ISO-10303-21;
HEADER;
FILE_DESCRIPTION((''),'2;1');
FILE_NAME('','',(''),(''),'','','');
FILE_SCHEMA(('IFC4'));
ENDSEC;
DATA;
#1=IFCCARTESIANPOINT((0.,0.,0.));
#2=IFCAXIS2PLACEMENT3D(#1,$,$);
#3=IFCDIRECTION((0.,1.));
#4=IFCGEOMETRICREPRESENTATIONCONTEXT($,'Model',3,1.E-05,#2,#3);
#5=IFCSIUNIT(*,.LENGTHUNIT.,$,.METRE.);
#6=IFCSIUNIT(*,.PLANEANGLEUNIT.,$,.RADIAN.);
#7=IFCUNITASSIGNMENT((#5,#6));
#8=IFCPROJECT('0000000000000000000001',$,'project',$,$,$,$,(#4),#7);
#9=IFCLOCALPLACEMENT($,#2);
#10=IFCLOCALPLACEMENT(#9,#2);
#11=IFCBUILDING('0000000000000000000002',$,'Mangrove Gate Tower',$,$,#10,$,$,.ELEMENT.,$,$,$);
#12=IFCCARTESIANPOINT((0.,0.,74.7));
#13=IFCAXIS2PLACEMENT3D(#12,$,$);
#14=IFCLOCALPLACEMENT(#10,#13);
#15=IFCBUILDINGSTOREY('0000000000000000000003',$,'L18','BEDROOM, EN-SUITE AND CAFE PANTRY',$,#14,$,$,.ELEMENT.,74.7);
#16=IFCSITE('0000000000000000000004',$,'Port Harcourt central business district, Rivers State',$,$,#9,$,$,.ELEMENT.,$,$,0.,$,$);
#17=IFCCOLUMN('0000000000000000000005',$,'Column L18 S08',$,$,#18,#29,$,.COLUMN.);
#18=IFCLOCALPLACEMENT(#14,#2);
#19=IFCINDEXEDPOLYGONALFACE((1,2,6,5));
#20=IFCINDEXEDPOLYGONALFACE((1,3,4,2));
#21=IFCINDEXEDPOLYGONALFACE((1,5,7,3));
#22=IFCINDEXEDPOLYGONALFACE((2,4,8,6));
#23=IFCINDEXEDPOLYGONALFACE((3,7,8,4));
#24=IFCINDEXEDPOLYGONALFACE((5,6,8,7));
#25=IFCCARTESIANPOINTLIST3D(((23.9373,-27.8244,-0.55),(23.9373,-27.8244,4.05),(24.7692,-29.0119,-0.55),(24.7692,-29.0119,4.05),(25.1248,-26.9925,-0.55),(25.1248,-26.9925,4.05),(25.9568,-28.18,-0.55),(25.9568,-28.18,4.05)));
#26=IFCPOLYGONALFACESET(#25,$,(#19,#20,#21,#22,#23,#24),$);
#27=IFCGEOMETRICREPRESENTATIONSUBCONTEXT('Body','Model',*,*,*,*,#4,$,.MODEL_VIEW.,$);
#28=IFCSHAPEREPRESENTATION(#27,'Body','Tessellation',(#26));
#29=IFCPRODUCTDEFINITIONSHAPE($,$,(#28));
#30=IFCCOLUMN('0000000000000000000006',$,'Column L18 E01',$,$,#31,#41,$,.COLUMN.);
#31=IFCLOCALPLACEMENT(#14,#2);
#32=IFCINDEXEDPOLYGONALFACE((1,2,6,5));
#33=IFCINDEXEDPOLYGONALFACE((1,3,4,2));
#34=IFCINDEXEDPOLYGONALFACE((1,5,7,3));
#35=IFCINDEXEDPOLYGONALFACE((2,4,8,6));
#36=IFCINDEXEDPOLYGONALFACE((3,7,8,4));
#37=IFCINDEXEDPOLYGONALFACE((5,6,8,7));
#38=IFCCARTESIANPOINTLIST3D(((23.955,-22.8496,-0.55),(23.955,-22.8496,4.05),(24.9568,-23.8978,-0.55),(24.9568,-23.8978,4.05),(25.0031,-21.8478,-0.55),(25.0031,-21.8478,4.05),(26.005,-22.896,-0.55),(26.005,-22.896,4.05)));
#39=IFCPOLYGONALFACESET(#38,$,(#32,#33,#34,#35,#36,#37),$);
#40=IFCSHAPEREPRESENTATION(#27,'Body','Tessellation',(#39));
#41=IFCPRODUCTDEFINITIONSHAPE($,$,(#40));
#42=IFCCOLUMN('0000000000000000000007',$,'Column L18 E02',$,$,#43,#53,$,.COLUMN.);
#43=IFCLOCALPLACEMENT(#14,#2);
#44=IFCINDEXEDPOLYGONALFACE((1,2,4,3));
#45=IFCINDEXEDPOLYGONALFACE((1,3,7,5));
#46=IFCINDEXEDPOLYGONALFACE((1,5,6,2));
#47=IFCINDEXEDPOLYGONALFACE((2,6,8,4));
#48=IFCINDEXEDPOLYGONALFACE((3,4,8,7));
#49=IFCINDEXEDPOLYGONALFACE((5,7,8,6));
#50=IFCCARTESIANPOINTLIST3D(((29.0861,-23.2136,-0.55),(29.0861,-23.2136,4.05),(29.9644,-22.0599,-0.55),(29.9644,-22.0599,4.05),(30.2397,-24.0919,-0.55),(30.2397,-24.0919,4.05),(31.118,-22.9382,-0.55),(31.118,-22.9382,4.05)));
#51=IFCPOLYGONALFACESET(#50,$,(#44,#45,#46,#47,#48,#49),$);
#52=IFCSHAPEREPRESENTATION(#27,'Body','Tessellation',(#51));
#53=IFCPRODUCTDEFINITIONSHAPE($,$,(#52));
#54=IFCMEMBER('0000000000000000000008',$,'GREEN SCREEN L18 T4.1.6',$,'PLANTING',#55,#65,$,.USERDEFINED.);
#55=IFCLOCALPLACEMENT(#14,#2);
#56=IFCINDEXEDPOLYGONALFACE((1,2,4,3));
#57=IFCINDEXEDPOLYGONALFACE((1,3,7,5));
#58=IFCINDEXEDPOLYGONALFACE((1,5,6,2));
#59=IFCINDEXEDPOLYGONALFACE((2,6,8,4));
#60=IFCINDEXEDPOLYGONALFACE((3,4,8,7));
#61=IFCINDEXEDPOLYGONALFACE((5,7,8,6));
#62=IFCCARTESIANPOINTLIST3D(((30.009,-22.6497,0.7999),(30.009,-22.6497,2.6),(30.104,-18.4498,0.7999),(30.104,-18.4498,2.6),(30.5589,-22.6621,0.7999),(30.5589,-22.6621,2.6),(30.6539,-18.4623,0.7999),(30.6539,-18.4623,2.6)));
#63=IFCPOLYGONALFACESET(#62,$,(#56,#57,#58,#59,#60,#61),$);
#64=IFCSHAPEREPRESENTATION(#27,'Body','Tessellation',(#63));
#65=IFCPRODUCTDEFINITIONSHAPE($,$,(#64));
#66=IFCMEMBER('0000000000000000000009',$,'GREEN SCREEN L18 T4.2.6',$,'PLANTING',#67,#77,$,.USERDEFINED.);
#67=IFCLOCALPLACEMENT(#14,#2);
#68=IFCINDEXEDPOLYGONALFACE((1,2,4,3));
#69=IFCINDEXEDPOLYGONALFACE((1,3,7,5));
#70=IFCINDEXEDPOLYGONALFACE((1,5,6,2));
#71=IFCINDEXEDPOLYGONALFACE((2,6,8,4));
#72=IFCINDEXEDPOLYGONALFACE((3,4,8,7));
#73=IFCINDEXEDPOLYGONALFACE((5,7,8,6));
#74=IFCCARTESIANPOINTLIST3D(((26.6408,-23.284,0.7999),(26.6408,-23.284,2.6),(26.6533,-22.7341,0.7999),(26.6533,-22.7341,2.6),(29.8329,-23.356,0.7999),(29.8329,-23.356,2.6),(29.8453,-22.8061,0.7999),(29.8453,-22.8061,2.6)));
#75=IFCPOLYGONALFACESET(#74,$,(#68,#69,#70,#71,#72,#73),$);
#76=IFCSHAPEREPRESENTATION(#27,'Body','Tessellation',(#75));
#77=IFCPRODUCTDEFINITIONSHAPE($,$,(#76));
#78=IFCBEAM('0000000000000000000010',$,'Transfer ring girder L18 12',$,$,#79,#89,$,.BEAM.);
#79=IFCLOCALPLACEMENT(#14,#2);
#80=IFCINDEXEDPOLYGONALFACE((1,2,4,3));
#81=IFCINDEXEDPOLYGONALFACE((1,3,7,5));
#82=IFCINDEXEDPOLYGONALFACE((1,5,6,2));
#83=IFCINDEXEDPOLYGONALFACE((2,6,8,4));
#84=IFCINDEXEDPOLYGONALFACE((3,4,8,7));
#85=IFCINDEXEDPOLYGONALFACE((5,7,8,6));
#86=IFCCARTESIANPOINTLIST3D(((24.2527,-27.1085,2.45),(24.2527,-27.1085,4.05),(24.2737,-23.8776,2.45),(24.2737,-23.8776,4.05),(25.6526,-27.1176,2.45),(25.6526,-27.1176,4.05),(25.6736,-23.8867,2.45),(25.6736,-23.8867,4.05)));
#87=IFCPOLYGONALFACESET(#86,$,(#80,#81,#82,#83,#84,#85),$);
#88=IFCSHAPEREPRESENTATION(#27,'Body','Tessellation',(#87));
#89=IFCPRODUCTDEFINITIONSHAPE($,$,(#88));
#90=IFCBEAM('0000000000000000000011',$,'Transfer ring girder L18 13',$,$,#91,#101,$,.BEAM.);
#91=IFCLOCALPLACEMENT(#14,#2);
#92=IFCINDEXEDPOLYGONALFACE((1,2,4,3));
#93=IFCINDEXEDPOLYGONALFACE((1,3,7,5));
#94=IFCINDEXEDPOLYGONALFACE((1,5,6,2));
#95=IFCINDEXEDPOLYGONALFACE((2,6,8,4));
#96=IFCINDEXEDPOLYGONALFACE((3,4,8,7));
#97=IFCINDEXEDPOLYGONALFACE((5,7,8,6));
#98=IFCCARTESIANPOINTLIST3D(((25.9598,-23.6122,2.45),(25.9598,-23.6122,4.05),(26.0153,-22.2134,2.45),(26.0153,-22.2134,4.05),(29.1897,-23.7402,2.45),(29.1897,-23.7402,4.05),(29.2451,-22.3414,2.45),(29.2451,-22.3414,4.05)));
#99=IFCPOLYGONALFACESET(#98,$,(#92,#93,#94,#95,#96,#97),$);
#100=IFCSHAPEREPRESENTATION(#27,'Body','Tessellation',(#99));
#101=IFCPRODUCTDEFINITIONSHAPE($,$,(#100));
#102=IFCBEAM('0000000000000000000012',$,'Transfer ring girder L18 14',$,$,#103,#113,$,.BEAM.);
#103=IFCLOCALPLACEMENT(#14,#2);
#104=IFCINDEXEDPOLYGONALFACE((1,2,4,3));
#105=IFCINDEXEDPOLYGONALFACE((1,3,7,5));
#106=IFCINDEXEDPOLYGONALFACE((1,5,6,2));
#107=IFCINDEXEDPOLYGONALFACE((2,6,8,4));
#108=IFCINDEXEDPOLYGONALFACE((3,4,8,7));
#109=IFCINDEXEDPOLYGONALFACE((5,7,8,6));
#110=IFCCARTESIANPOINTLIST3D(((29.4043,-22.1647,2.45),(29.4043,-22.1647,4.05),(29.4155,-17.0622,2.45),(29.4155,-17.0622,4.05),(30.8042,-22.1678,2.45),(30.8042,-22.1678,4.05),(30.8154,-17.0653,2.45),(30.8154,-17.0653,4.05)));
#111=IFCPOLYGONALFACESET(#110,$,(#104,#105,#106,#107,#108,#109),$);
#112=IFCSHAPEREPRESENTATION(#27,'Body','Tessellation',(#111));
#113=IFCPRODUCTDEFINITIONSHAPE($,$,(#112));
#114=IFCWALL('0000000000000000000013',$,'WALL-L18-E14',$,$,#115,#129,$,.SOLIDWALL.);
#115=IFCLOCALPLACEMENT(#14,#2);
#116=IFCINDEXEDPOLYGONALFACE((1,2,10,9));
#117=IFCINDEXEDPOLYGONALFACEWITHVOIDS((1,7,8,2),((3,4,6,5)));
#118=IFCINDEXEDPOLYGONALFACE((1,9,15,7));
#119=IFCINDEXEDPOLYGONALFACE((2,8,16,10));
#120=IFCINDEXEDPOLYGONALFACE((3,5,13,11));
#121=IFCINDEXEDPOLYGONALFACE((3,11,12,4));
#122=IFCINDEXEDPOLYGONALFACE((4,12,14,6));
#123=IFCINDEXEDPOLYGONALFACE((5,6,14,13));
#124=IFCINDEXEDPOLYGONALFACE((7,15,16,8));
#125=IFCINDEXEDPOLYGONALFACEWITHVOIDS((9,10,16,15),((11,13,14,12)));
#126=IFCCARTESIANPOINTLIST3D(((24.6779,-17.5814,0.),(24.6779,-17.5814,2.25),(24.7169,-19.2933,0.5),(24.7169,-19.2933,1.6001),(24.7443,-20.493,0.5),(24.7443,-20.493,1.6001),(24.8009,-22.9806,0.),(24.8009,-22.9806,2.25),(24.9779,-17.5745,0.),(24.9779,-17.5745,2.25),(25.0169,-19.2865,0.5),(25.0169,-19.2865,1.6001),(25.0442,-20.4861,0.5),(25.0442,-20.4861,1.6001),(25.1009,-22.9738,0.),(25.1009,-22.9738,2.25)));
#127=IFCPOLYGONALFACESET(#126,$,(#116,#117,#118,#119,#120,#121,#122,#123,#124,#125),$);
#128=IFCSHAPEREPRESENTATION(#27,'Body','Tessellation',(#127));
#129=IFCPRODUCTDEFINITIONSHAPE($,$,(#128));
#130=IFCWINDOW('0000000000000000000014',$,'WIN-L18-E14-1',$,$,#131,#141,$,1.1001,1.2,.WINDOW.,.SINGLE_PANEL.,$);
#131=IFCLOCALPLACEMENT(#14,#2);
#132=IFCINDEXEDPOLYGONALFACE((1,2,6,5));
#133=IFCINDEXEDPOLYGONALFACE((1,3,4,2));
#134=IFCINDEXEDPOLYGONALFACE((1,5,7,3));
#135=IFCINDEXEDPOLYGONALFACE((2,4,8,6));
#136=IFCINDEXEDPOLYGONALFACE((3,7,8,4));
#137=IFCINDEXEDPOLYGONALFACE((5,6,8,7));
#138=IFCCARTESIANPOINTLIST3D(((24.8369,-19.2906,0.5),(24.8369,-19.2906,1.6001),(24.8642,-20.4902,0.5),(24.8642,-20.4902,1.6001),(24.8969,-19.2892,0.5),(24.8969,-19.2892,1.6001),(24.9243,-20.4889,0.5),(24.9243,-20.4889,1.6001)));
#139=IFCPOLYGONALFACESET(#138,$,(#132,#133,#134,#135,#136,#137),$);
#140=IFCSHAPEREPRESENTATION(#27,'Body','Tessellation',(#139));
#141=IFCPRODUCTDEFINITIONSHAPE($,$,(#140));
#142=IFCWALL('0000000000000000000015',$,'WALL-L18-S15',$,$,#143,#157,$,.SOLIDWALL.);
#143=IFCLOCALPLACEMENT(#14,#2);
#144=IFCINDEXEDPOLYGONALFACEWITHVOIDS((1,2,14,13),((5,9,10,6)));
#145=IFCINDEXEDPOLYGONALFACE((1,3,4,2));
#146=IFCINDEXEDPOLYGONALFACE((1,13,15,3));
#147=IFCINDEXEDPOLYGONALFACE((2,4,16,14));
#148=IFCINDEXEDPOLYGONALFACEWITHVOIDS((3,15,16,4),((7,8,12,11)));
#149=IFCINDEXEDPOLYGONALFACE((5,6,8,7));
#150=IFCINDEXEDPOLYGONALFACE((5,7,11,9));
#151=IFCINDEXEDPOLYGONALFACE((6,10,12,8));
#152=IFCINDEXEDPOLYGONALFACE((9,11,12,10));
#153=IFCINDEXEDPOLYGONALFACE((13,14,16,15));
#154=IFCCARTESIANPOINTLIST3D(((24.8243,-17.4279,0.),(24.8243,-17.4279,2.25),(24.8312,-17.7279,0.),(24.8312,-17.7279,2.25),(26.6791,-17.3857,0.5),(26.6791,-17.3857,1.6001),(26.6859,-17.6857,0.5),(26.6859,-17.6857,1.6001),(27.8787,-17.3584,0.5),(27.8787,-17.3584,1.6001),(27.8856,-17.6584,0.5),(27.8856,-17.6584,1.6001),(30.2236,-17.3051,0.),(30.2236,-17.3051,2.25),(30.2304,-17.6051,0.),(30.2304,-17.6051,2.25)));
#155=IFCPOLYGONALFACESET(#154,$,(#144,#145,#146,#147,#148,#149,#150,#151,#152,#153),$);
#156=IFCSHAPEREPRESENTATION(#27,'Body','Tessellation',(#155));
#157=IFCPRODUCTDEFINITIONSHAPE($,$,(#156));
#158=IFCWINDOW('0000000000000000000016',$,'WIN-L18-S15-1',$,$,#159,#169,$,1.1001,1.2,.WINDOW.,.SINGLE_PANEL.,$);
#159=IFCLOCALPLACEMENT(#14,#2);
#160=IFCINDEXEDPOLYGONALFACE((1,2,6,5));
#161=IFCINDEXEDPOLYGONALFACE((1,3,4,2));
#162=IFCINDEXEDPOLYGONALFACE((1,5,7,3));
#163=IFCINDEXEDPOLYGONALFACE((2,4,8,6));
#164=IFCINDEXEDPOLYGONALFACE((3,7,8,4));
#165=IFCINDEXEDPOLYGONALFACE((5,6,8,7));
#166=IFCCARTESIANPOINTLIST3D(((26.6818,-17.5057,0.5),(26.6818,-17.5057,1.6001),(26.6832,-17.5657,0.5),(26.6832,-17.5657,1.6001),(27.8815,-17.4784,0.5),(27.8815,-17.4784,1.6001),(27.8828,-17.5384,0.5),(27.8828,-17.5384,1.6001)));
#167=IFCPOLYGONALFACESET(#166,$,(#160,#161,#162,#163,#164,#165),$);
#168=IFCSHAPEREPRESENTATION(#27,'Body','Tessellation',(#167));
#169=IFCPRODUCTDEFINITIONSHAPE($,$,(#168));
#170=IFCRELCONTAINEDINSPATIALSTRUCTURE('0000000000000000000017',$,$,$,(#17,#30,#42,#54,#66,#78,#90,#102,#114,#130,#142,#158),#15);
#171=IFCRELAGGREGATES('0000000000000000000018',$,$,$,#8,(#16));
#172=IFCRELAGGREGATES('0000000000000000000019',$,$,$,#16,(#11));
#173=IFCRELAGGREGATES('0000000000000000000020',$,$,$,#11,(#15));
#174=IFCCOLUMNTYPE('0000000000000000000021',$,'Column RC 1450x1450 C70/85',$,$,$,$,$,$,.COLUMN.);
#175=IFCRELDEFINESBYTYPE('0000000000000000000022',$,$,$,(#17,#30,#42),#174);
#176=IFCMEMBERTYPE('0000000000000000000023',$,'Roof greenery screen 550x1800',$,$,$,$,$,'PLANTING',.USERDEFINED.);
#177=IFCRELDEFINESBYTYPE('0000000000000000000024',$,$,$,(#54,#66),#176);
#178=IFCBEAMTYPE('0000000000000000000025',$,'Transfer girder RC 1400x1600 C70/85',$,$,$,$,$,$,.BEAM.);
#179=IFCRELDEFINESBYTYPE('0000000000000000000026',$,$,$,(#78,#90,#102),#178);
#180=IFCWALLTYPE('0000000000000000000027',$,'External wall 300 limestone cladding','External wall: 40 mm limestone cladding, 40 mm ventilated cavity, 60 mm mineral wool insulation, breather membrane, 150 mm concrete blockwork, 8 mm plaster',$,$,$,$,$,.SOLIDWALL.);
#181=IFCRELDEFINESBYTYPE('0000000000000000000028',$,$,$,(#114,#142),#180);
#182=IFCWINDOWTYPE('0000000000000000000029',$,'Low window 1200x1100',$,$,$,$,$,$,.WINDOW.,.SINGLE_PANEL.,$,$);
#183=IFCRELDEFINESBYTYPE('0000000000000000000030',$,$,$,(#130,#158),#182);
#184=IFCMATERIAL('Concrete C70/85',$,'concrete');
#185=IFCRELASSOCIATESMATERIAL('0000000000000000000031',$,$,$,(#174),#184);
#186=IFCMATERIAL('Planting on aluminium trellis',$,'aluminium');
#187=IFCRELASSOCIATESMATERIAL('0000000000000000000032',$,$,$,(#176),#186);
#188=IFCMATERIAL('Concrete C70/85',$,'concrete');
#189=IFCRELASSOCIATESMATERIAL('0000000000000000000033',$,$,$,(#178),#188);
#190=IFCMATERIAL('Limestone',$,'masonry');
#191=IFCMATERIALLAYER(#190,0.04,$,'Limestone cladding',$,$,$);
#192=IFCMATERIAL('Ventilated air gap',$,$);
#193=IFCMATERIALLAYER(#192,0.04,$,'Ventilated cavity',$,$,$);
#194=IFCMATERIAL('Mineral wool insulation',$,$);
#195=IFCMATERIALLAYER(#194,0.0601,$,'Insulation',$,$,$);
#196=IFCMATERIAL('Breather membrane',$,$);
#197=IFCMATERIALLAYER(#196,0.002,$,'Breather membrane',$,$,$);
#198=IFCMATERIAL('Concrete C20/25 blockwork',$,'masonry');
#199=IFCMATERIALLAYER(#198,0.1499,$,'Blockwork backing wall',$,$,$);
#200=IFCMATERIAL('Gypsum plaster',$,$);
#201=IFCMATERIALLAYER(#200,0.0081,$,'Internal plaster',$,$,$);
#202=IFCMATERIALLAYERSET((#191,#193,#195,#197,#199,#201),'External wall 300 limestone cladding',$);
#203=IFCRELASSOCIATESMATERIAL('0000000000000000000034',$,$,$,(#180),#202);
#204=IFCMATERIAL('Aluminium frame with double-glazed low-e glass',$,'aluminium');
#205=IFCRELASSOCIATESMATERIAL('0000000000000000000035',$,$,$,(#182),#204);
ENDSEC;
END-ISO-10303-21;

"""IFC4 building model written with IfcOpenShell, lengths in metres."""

from ifc_helpers import new_model, si_unit, direction, frame, frame_2d, origin, origin_2d, place, context, subcontext, project, spatial, rectangle, extrude, material, layer, layer_set, material_profile, profile_set, type_object, element, fill, save


model = new_model("IFC4")

# Units and contexts
model_context = context("Model", 3, precision=1e-05, world=origin(), true_north=direction((0.0, 1.0)))
body_context = subcontext(model_context, "Body", "Model", "MODEL_VIEW")
ifc_project = project(units=[si_unit("LENGTHUNIT", "METRE"), si_unit("PLANEANGLEUNIT", "RADIAN")], contexts=[model_context])

# Site, building, storey
site_placement = place(None, origin())
site = spatial("IfcSite", under=ifc_project, at=site_placement, Name="Port Harcourt central business district, Rivers State", CompositionType="ELEMENT", RefElevation=0.0)
building_placement = place(site_placement, origin())
building = spatial("IfcBuilding", under=site, at=building_placement, Name="Mangrove Gate Tower", CompositionType="ELEMENT")
storey_placement = place(building_placement, frame((0.0, 0.0, 74.7)))
storey = spatial("IfcBuildingStorey", under=building, at=storey_placement, Name="L18", Description="BEDROOM, EN-SUITE AND CAFE PANTRY", CompositionType="ELEMENT", Elevation=74.7)

# Columns
ifc_material_1 = material(Name="Concrete C70/85", Category="concrete")
ifc_material_profile_1 = material_profile(ifc_material_1, rectangle(XDim=1.45, YDim=1.45, at=origin_2d()))
ifc_profile_set_1 = profile_set([ifc_material_profile_1], Name="Concrete C70/85")
column_type = type_object("IfcColumnType", Name="Column RC 1450x1450 C70/85", PredefinedType="COLUMN", material=ifc_profile_set_1)
for number, where, z_axis, x_axis, name in (
    (1, (24.947, -28.0022, -0.55), (0.0, 0.0, 1.0), (0.819023, 0.57376, 0.0), "Column L18 S08"),
    (2, (24.98, -22.8728, -0.55), (0.0, 0.0, 1.0), (0.722905, 0.690948, 0.0), "Column L18 E01"),
    (3, (30.1021, -23.0759, -0.55), (0.0, 0.0, 1.0), (0.605733, 0.795668, 0.0), "Column L18 E02"),
):
    element("IfcColumn", number, at=place(storey_placement, frame(where, z_axis=z_axis, x_axis=x_axis)), inside=storey, type_object=column_type, Name=name, PredefinedType="COLUMN", context=body_context, shape_type="SweptSolid", body=[
        extrude(rectangle(XDim=1.45, YDim=1.45, at=origin_2d()), origin(), (0.0, 0.0, 1.0), 4.6001),
    ])

# Members
ifc_material_2 = material(Name="Planting on aluminium trellis", Category="aluminium")
ifc_material_profile_2 = material_profile(ifc_material_2, rectangle(XDim=0.55, YDim=1.8, at=origin_2d()))
ifc_profile_set_2 = profile_set([ifc_material_profile_2], Name="Planting on aluminium trellis")
member_type = type_object("IfcMemberType", Name="Roof greenery screen 550x1800", ElementType="PLANTING", PredefinedType="USERDEFINED", material=ifc_profile_set_2)
member_1_placement = place(storey_placement, frame((30.3789, -18.4561, 1.7), z_axis=(-0.022607, -0.999744, 0.0), x_axis=(0.999744, -0.022607, 0.0)))
element("IfcMember", 4, at=member_1_placement, inside=storey, type_object=member_type, Name="GREEN SCREEN L18 T4.1.6", ObjectType="PLANTING", PredefinedType="USERDEFINED", context=body_context, shape_type="SweptSolid", body=[
    extrude(rectangle(XDim=0.55, YDim=1.8, at=origin_2d()), origin(), (0.0, 0.0, 1.0), 4.2009),
])
member_2_placement = place(storey_placement, frame((29.8391, -23.0811, 1.7), z_axis=(-0.999746, 0.022556, 0.0), x_axis=(-0.022556, -0.999746, 0.0)))
element("IfcMember", 5, at=member_2_placement, inside=storey, type_object=member_type, Name="GREEN SCREEN L18 T4.2.6", ObjectType="PLANTING", PredefinedType="USERDEFINED", context=body_context, shape_type="SweptSolid", body=[
    extrude(rectangle(XDim=0.55, YDim=1.8, at=origin_2d()), origin(), (0.0, 0.0, 1.0), 3.1929),
])

# Beams
ifc_material_3 = material(Name="Concrete C70/85", Category="concrete")
ifc_material_profile_3 = material_profile(ifc_material_3, rectangle(XDim=1.3999, YDim=1.6001, at=origin_2d()))
ifc_profile_set_3 = profile_set([ifc_material_profile_3], Name="Concrete C70/85")
beam_type = type_object("IfcBeamType", Name="Transfer girder RC 1400x1600 C70/85", PredefinedType="BEAM", material=ifc_profile_set_3)
beam_1_placement = place(storey_placement, frame((24.9526, -27.113, 3.25), z_axis=(0.006498, 0.999979, 0.0), x_axis=(-0.999979, 0.006498, 0.0)))
element("IfcBeam", 6, at=beam_1_placement, inside=storey, type_object=beam_type, Name="Transfer ring girder L18 12", PredefinedType="BEAM", context=body_context, shape_type="SweptSolid", body=[
    extrude(rectangle(XDim=1.3999, YDim=1.6001, at=origin_2d()), origin(), (0.0, 0.0, 1.0), 3.231),
])
beam_2_placement = place(storey_placement, frame((25.9875, -22.9128, 3.25), z_axis=(0.999217, -0.039576, 0.0), x_axis=(0.039576, 0.999217, 0.0)))
element("IfcBeam", 7, at=beam_2_placement, inside=storey, type_object=beam_type, Name="Transfer ring girder L18 13", PredefinedType="BEAM", context=body_context, shape_type="SweptSolid", body=[
    extrude(rectangle(XDim=1.3999, YDim=1.6001, at=origin_2d()), origin(), (0.0, 0.0, 1.0), 3.2324),
])
beam_3_placement = place(storey_placement, frame((30.1042, -22.1663, 3.25), z_axis=(0.002201, 0.999998, 0.0), x_axis=(-0.999998, 0.002201, 0.0)))
element("IfcBeam", 8, at=beam_3_placement, inside=storey, type_object=beam_type, Name="Transfer ring girder L18 14", PredefinedType="BEAM", context=body_context, shape_type="SweptSolid", body=[
    extrude(rectangle(XDim=1.3999, YDim=1.6001, at=origin_2d()), origin(), (0.0, 0.0, 1.0), 5.1025),
])

# Walls, openings, windows
ifc_material_4 = material(Name="Limestone", Category="masonry")
ifc_layer_1 = layer(ifc_material_4, 0.04, Name="Limestone cladding")
ifc_material_5 = material(Name="Ventilated air gap")
ifc_layer_2 = layer(ifc_material_5, 0.04, Name="Ventilated cavity")
ifc_material_6 = material(Name="Mineral wool insulation")
ifc_layer_3 = layer(ifc_material_6, 0.0601, Name="Insulation")
ifc_material_7 = material(Name="Breather membrane")
ifc_layer_4 = layer(ifc_material_7, 0.002, Name="Breather membrane")
ifc_material_8 = material(Name="Concrete C20/25 blockwork", Category="masonry")
ifc_layer_5 = layer(ifc_material_8, 0.1499, Name="Blockwork backing wall")
ifc_material_9 = material(Name="Gypsum plaster")
ifc_layer_6 = layer(ifc_material_9, 0.0081, Name="Internal plaster")
ifc_layer_set_1 = layer_set([ifc_layer_1, ifc_layer_2, ifc_layer_3, ifc_layer_4, ifc_layer_5, ifc_layer_6], Name="External wall 300 limestone cladding")
wall_type_1 = type_object("IfcWallType", Name="External wall 300 limestone cladding", Description="External wall: 40 mm limestone cladding, 40 mm ventilated cavity, 60 mm mineral wool insulation, breather membrane, 150 mm concrete blockwork, 8 mm plaster", PredefinedType="SOLIDWALL", material=ifc_layer_set_1)
wall_1_placement = place(storey_placement, frame((24.9509, -22.9771, 0.0), z_axis=(0.0, 0.0, 1.0), x_axis=(-0.022784, 0.99974, 0.0)))
wall_1 = element("IfcWall", 9, at=wall_1_placement, inside=storey, type_object=wall_type_1, Name="WALL-L18-E14", PredefinedType="SOLIDWALL", context=body_context, shape_type="SweptSolid", body=[
    extrude(rectangle(XDim=5.4006, YDim=0.3, at=frame_2d((2.7002, 0.0))), origin(), (0.0, 0.0, 1.0), 2.25),
])
opening_1_placement = place(wall_1_placement, frame((2.488, 0.0, 0.5)))
opening_1 = element("IfcOpeningElement", 10, at=opening_1_placement, cuts=wall_1, PredefinedType="OPENING", context=body_context, shape_type="SweptSolid", body=[
    extrude(rectangle(XDim=1.2, YDim=1.1001, at=frame_2d((0.6001, 0.55))), frame((0.0, 0.1599, 0.0), z_axis=(0.0, -1.0, 0.0), x_axis=(1.0, 0.0, 0.0)), (0.0, 0.0, 1.0), 0.3201),
])
ifc_material_10 = material(Name="Aluminium frame with double-glazed low-e glass", Category="aluminium")
window_type = type_object("IfcWindowType", Name="Low window 1200x1100", PartitioningType="SINGLE_PANEL", PredefinedType="WINDOW", material=ifc_material_10)
window_1_placement = place(opening_1_placement, origin())
window_1 = element("IfcWindow", 11, at=window_1_placement, inside=storey, type_object=window_type, Name="WIN-L18-E14-1", OverallHeight=1.1001, OverallWidth=1.2, PartitioningType="SINGLE_PANEL", PredefinedType="WINDOW", context=body_context, shape_type="SweptSolid", body=[
    extrude(rectangle(XDim=1.2, YDim=1.1001, at=frame_2d((0.6001, 0.55))), frame((0.0, 0.03, 0.0), z_axis=(0.0, -1.0, 0.0), x_axis=(1.0, 0.0, 0.0)), (0.0, 0.0, 1.0), 0.0601),
])
fill(opening_1, window_1)
wall_2_placement = place(storey_placement, frame((24.8279, -17.5779, 0.0), z_axis=(0.0, 0.0, 1.0), x_axis=(0.999741, 0.022739, 0.0)))
wall_2 = element("IfcWall", 12, at=wall_2_placement, inside=storey, type_object=wall_type_1, Name="WALL-L18-S15", PredefinedType="SOLIDWALL", context=body_context, shape_type="SweptSolid", body=[
    extrude(rectangle(XDim=5.4006, YDim=0.3, at=frame_2d((2.7002, 0.0))), origin(), (0.0, 0.0, 1.0), 2.25),
])
opening_2_placement = place(wall_2_placement, frame((1.855, 0.0, 0.5)))
opening_2 = element("IfcOpeningElement", 13, at=opening_2_placement, cuts=wall_2, PredefinedType="OPENING", context=body_context, shape_type="SweptSolid", body=[
    extrude(rectangle(XDim=1.2, YDim=1.1001, at=frame_2d((0.6001, 0.55))), frame((0.0, 0.1599, 0.0), z_axis=(0.0, -1.0, 0.0), x_axis=(1.0, 0.0, 0.0)), (0.0, 0.0, 1.0), 0.3201),
])
window_2_placement = place(opening_2_placement, origin())
window_2 = element("IfcWindow", 14, at=window_2_placement, inside=storey, type_object=window_type, Name="WIN-L18-S15-1", OverallHeight=1.1001, OverallWidth=1.2, PartitioningType="SINGLE_PANEL", PredefinedType="WINDOW", context=body_context, shape_type="SweptSolid", body=[
    extrude(rectangle(XDim=1.2, YDim=1.1001, at=frame_2d((0.6001, 0.55))), frame((0.0, 0.03, 0.0), z_axis=(0.0, -1.0, 0.0), x_axis=(1.0, 0.0, 0.0)), (0.0, 0.0, 1.0), 0.0601),
])
fill(opening_2, window_2)

save(model, "model.ifc")
